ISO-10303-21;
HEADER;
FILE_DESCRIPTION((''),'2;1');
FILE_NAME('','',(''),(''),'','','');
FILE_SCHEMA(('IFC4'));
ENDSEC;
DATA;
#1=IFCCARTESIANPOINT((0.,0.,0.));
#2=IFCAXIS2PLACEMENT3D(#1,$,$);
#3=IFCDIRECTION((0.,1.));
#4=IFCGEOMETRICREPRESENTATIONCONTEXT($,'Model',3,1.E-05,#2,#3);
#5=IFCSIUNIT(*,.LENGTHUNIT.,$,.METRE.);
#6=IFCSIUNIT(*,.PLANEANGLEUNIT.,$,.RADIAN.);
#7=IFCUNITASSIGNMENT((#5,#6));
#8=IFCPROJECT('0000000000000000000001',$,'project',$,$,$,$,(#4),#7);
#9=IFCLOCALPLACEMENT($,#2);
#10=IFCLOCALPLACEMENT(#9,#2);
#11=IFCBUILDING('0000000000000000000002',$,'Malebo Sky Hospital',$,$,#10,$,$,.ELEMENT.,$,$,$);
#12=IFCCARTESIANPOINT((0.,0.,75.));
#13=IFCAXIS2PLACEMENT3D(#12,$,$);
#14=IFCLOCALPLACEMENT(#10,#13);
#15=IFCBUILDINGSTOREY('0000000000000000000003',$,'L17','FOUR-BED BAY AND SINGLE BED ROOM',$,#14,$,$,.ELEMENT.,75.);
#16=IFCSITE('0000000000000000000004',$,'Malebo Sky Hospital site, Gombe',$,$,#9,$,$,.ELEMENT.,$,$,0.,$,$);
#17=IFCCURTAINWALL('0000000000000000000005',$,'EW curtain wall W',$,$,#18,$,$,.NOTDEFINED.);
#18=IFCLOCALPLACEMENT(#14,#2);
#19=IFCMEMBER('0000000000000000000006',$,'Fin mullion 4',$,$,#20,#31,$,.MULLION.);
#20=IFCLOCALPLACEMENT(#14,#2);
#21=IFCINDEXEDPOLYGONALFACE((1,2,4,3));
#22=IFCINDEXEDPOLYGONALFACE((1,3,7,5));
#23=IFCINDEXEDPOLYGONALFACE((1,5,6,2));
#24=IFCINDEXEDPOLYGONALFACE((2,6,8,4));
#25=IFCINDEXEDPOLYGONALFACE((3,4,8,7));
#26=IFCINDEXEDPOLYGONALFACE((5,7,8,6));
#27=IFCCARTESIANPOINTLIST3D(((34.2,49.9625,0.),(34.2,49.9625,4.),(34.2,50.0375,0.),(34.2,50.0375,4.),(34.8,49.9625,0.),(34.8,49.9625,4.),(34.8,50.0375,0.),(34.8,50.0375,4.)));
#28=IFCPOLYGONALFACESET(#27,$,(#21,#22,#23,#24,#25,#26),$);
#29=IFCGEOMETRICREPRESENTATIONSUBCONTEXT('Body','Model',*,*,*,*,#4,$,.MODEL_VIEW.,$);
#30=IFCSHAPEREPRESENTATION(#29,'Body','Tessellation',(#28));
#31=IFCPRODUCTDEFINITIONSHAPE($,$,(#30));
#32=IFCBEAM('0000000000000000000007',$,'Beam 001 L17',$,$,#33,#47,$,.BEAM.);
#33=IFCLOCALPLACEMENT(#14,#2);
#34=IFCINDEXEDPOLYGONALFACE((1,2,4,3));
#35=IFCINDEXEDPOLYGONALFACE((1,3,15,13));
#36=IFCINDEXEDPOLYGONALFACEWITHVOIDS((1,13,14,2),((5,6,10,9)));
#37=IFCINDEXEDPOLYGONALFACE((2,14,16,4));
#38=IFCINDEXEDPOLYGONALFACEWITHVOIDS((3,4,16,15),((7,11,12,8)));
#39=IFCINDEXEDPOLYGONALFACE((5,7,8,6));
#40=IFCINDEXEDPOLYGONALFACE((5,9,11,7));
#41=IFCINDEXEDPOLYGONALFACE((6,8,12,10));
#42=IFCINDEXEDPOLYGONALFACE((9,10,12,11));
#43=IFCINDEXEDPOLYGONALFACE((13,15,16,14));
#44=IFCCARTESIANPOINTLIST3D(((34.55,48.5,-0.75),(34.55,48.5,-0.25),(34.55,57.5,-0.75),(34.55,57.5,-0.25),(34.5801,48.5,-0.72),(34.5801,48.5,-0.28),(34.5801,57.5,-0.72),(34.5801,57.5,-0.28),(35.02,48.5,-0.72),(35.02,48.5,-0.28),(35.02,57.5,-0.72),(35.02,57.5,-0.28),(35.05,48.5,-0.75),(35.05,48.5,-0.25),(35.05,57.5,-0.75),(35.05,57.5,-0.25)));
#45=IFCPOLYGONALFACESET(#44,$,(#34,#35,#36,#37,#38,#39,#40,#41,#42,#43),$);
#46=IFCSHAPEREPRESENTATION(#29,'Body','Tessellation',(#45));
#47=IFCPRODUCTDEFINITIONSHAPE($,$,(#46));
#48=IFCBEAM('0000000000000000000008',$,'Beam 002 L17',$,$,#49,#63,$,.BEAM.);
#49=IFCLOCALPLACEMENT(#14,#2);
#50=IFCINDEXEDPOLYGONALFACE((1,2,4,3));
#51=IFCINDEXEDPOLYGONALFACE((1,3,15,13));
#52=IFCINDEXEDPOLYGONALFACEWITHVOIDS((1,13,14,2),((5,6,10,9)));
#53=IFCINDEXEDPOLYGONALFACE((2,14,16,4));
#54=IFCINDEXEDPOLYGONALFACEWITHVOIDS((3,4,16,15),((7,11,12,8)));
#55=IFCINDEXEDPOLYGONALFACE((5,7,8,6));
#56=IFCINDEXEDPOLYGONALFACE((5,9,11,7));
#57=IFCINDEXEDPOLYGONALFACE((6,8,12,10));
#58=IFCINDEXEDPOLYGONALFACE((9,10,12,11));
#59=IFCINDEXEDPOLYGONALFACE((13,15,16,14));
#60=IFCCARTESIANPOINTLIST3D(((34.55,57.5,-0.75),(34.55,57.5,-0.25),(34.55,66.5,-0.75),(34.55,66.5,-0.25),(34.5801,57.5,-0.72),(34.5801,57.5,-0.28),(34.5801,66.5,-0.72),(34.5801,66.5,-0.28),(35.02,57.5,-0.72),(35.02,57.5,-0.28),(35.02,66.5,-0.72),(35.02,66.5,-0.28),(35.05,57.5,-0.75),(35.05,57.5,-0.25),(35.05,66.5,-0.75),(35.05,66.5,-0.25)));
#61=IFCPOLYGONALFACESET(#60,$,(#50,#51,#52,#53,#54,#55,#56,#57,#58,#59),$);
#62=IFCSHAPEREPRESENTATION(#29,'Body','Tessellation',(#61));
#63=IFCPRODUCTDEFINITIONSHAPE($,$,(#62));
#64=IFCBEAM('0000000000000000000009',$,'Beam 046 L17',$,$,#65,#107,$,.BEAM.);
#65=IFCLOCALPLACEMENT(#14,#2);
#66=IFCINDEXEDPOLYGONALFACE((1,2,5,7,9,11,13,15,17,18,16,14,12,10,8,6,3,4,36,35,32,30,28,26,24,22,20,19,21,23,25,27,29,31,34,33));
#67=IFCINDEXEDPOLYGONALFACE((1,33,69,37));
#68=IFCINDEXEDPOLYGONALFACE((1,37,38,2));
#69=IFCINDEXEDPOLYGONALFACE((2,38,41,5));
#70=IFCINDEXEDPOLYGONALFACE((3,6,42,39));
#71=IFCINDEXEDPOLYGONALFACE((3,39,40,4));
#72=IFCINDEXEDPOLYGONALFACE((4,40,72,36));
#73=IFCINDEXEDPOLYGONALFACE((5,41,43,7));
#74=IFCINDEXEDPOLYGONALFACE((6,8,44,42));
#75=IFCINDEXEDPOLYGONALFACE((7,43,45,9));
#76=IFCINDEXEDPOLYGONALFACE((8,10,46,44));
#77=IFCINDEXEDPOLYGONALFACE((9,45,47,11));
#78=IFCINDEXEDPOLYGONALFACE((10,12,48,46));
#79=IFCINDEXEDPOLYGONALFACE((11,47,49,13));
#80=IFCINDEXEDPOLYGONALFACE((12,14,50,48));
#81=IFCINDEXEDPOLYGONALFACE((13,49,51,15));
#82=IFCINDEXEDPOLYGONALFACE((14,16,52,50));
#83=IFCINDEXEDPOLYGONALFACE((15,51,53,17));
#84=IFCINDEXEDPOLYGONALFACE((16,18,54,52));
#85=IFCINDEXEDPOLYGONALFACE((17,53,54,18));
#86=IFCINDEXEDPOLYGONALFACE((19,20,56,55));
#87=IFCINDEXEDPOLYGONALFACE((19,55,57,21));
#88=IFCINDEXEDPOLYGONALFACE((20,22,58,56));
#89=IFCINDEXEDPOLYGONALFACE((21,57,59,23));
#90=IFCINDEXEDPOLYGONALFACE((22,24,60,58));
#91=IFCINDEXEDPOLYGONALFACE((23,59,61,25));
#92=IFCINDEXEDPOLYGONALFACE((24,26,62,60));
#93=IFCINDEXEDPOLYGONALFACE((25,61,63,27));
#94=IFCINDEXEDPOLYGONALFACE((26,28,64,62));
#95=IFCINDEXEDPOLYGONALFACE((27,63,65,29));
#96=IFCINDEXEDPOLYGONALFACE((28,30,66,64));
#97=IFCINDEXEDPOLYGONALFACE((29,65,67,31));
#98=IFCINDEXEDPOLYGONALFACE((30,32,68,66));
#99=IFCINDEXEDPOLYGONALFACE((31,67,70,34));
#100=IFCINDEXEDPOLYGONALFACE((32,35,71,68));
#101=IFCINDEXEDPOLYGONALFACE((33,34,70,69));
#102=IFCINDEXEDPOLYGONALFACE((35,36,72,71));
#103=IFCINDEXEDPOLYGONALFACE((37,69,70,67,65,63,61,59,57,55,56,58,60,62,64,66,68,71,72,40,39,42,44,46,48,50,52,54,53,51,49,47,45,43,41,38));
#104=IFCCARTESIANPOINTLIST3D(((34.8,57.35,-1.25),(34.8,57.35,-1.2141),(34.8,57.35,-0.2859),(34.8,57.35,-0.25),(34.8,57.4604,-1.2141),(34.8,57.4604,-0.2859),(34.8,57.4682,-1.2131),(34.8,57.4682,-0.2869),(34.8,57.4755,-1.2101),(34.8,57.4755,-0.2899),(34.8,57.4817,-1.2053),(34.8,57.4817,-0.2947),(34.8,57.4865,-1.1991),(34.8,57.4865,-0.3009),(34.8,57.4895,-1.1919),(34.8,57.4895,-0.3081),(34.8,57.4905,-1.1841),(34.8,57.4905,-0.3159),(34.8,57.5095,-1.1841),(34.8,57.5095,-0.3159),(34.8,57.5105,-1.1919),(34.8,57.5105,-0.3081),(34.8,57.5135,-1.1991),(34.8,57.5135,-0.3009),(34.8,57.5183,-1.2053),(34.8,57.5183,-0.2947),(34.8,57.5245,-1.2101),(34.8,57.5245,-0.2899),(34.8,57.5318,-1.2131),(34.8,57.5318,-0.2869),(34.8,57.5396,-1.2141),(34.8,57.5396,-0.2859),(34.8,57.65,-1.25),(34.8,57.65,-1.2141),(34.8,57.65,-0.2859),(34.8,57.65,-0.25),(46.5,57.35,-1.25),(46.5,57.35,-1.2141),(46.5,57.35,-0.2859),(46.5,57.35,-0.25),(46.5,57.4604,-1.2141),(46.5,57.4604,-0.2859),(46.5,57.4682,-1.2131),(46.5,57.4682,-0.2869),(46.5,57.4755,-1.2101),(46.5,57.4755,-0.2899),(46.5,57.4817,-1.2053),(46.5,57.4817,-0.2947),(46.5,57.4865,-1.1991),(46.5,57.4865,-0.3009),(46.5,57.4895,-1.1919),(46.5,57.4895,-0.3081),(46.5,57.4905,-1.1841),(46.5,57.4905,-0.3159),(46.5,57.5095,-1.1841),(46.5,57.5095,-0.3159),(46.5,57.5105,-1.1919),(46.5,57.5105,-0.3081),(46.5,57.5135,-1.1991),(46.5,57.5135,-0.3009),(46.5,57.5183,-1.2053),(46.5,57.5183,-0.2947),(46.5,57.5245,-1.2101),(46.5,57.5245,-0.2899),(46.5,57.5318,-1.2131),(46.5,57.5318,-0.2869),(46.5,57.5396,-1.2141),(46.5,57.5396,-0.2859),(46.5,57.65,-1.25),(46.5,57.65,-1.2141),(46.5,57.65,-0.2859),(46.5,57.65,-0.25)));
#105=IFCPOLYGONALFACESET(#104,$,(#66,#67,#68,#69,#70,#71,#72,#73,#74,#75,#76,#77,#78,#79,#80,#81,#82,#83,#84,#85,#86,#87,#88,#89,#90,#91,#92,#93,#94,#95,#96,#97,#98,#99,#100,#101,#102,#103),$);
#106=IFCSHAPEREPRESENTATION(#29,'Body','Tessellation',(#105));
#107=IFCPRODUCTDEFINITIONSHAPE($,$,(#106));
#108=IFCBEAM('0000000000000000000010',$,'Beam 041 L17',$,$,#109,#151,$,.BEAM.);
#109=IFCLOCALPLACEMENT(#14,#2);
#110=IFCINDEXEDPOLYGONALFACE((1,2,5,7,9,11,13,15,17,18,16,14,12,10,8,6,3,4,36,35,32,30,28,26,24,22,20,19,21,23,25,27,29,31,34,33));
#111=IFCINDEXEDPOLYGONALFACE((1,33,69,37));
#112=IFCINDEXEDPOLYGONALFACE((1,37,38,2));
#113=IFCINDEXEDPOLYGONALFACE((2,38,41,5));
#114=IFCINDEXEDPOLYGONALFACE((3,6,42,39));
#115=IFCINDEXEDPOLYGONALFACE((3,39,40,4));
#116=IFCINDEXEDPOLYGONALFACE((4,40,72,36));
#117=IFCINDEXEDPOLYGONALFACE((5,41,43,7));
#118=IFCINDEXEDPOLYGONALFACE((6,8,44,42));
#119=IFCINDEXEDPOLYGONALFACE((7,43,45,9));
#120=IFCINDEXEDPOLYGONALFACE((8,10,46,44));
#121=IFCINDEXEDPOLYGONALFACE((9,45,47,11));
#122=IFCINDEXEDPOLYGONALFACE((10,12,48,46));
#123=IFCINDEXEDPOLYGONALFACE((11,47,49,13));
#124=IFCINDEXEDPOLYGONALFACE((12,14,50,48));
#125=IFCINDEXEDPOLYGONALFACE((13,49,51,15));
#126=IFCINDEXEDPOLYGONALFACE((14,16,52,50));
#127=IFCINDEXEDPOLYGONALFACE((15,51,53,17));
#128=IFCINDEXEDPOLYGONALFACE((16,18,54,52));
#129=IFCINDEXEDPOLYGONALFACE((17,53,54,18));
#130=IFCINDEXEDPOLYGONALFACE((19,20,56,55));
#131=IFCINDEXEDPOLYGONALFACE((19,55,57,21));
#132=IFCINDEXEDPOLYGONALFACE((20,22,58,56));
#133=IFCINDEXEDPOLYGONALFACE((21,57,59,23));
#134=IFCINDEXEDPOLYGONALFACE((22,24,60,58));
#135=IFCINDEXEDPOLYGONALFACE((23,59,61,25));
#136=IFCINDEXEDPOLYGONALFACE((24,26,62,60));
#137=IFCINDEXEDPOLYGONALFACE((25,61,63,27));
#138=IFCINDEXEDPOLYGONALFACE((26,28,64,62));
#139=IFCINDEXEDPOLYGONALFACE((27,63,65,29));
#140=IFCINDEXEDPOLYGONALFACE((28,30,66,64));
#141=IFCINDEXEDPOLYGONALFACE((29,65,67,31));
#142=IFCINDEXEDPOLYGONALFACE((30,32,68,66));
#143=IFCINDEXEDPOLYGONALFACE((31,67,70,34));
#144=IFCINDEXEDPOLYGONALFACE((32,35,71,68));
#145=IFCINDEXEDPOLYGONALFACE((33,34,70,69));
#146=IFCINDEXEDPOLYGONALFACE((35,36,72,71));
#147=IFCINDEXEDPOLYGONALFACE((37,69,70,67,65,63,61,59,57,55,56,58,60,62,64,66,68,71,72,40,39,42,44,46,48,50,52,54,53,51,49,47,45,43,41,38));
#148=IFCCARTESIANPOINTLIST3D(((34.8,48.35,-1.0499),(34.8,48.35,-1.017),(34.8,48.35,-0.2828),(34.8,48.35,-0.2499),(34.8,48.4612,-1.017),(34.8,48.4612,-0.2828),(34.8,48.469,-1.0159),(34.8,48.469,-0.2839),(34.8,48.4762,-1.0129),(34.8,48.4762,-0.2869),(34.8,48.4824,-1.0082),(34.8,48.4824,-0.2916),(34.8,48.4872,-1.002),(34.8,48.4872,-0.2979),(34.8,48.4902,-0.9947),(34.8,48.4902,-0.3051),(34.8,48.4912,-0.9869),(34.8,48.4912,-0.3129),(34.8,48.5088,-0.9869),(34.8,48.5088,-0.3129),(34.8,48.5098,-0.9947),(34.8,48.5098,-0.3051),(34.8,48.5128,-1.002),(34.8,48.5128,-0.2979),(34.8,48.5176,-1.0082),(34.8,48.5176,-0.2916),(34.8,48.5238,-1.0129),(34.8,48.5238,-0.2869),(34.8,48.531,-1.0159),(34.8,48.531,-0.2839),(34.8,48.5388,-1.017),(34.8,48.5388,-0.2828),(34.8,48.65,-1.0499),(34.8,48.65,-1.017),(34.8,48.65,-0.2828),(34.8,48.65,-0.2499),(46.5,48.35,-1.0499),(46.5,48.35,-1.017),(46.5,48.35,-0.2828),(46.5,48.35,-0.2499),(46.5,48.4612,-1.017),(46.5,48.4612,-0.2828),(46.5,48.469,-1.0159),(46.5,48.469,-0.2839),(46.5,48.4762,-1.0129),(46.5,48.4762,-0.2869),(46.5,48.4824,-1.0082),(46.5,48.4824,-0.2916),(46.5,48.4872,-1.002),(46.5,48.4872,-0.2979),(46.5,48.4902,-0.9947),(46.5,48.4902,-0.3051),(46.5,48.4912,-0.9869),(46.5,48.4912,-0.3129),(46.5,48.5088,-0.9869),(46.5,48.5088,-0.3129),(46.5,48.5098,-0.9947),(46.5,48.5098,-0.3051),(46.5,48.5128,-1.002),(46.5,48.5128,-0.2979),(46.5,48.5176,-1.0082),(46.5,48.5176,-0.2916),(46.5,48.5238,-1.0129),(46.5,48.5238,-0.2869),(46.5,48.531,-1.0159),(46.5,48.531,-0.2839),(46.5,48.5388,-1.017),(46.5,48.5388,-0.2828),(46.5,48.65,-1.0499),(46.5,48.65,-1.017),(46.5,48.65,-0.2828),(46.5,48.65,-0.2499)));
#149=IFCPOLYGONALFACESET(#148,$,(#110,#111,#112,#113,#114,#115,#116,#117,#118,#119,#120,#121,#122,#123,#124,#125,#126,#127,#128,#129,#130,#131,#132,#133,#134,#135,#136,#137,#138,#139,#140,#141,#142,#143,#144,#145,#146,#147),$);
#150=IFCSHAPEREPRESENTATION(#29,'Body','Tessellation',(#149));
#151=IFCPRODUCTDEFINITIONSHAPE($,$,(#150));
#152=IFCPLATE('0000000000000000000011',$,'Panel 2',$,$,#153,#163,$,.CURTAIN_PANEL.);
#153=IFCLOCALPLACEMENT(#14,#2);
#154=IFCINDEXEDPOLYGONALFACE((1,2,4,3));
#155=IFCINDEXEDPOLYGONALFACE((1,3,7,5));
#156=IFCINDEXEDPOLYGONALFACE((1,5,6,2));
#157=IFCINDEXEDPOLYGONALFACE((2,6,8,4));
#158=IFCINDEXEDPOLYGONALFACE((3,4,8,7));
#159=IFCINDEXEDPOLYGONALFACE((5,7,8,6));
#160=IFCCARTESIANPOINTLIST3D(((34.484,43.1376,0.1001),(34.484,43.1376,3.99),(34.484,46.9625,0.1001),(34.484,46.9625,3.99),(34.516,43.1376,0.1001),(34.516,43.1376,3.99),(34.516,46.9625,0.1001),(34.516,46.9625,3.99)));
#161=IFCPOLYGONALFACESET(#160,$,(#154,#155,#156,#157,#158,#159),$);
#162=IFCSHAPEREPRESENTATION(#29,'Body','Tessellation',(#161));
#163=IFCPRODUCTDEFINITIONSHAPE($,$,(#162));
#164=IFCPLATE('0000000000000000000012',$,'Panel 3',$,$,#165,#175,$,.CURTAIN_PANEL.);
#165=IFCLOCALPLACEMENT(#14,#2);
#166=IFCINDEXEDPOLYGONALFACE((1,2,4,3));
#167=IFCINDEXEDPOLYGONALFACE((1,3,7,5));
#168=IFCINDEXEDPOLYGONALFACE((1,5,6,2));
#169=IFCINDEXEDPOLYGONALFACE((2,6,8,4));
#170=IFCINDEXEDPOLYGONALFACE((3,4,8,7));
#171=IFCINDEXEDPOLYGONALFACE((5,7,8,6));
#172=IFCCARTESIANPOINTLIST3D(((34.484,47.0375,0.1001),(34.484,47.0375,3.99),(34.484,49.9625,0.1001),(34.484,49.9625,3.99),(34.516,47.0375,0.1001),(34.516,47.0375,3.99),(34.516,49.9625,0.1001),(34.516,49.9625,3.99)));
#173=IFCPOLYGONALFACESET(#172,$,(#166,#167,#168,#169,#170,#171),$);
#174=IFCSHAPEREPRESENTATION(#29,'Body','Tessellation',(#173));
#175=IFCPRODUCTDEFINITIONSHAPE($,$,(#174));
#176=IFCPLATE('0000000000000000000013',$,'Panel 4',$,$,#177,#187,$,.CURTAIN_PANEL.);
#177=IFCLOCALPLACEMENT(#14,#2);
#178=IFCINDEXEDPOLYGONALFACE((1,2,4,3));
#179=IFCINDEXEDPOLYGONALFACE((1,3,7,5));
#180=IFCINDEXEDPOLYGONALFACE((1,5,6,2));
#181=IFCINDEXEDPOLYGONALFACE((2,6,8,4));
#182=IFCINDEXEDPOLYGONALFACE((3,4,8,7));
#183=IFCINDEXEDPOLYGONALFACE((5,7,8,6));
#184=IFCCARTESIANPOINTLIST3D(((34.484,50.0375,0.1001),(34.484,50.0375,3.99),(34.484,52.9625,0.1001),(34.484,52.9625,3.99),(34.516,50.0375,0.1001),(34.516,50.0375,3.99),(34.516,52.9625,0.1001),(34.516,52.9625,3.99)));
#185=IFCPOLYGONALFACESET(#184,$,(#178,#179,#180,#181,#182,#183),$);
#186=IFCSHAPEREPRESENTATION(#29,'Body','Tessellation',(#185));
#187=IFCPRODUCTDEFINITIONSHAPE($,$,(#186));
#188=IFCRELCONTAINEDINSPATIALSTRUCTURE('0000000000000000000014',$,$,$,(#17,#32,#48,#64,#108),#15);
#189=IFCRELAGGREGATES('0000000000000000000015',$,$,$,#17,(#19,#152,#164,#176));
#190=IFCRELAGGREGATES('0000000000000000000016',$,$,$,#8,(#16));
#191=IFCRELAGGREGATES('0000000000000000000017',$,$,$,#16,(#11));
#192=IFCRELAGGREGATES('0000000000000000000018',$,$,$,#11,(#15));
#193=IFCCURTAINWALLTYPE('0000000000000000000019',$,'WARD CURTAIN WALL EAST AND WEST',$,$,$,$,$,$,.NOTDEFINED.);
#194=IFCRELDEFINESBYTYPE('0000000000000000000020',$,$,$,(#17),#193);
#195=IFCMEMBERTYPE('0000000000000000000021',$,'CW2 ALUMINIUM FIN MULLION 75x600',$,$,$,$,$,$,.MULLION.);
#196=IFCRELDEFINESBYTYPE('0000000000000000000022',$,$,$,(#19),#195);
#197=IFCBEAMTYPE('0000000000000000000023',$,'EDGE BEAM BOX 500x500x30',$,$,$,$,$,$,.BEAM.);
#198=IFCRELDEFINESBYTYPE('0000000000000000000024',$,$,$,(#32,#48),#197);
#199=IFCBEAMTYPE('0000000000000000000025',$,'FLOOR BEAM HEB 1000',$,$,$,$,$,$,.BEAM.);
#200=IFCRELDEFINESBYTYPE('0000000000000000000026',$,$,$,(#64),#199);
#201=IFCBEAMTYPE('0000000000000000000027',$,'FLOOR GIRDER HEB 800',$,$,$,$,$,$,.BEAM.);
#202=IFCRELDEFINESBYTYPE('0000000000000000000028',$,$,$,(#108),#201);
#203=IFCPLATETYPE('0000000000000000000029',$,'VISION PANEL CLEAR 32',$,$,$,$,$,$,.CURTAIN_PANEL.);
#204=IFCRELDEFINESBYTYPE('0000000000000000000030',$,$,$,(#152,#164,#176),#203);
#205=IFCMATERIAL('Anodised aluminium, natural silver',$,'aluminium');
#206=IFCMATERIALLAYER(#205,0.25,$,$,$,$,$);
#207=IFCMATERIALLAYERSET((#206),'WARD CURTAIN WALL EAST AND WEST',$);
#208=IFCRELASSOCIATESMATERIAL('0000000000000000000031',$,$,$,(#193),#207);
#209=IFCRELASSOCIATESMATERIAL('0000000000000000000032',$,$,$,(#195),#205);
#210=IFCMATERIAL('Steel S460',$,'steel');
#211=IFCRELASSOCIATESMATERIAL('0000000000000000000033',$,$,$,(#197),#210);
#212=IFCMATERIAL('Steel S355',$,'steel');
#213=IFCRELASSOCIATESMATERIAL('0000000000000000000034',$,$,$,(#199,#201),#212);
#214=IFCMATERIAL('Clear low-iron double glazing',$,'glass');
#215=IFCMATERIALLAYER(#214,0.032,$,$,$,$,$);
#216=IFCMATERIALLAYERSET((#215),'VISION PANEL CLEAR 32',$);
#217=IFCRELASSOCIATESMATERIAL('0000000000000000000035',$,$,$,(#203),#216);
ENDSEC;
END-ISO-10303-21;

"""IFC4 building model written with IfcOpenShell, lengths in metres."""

from ifc_helpers import new_model, si_unit, direction, frame, origin, origin_2d, place, context, subcontext, project, spatial, rectangle, hollow_rectangle, i_section, extrude, material, layer, layer_set, material_profile, profile_set, type_object, element, aggregate, save


model = new_model("IFC4")

# Units and contexts
model_context = context("Model", 3, precision=1e-05, world=origin(), true_north=direction((0.0, 1.0)))
body_context = subcontext(model_context, "Body", "Model", "MODEL_VIEW")
ifc_project = project(units=[si_unit("LENGTHUNIT", "METRE"), si_unit("PLANEANGLEUNIT", "RADIAN")], contexts=[model_context])

# Site, building, storey
site_placement = place(None, origin())
site = spatial("IfcSite", under=ifc_project, at=site_placement, Name="Malebo Sky Hospital site, Gombe", CompositionType="ELEMENT", RefElevation=0.0)
building_placement = place(site_placement, origin())
building = spatial("IfcBuilding", under=site, at=building_placement, Name="Malebo Sky Hospital", CompositionType="ELEMENT")
storey_placement = place(building_placement, frame((0.0, 0.0, 75.0)))
storey = spatial("IfcBuildingStorey", under=building, at=storey_placement, Name="L17", Description="FOUR-BED BAY AND SINGLE BED ROOM", CompositionType="ELEMENT", Elevation=75.0)

# Shared definitions
ifc_material_1 = material(Name="Steel S460", Category="steel")

# Curtain wall
ifc_material_2 = material(Name="Anodised aluminium, natural silver", Category="aluminium")
ifc_layer_1 = layer(ifc_material_2, 0.25)
ifc_layer_set_1 = layer_set([ifc_layer_1], Name="WARD CURTAIN WALL EAST AND WEST")
curtain_wall_type = type_object("IfcCurtainWallType", Name="WARD CURTAIN WALL EAST AND WEST", PredefinedType="NOTDEFINED", material=ifc_layer_set_1)
curtain_wall_placement = place(storey_placement, origin())
curtain_wall = element("IfcCurtainWall", 1, at=curtain_wall_placement, inside=storey, type_object=curtain_wall_type, Name="EW curtain wall W", PredefinedType="NOTDEFINED")

# Member
ifc_material_3 = material(Name="Steel S355", Category="steel")
ifc_material_profile_1 = material_profile(ifc_material_2, rectangle(XDim=0.075, YDim=0.6001, at=origin_2d()), Name="CW2 ALUMINIUM FIN MULLION 75x600")
ifc_profile_set_1 = profile_set([ifc_material_profile_1], Name="Anodised aluminium, natural silver")
member_type_1 = type_object("IfcMemberType", Name="CW2 ALUMINIUM FIN MULLION 75x600", PredefinedType="MULLION", material=ifc_profile_set_1)
member_1_placement = place(storey_placement, frame((34.5, 50.0, 0.0), z_axis=(0.0, 0.0, 1.0), x_axis=(0.0, 1.0, 0.0)))
member_1 = element("IfcMember", 2, at=member_1_placement, type_object=member_type_1, Name="Fin mullion 4", PredefinedType="MULLION", context=body_context, shape_type="SweptSolid", body=[
    extrude(rectangle(XDim=0.075, YDim=0.6001, at=origin_2d()), origin(), (0.0, 0.0, 1.0), 4.0),
])

# Beams
ifc_material_profile_2 = material_profile(ifc_material_1, hollow_rectangle(XDim=0.5, YDim=0.5, WallThickness=0.03, at=origin_2d()), Name="BOX 500x500x30")
ifc_profile_set_2 = profile_set([ifc_material_profile_2], Name="Steel S460")
beam_type_1 = type_object("IfcBeamType", Name="EDGE BEAM BOX 500x500x30", PredefinedType="BEAM", material=ifc_profile_set_2)
for number, where, z_axis, x_axis, name in (
    (3, (34.8, 48.5, -0.5), (0.0, 1.0, 0.0), (-1.0, 0.0, 0.0), "Beam 001 L17"),
    (4, (34.8, 57.5, -0.5), (0.0, 1.0, 0.0), (-1.0, 0.0, 0.0), "Beam 002 L17"),
):
    element("IfcBeam", number, at=place(storey_placement, frame(where, z_axis=z_axis, x_axis=x_axis)), inside=storey, type_object=beam_type_1, Name=name, PredefinedType="BEAM", context=body_context, shape_type="SweptSolid", body=[
        extrude(hollow_rectangle(XDim=0.5, YDim=0.5, WallThickness=0.03, at=origin_2d()), origin(), (0.0, 0.0, 1.0), 9.0),
    ])
ifc_material_profile_3 = material_profile(ifc_material_3, i_section(OverallWidth=0.3, OverallDepth=1.0, WebThickness=0.019, FlangeThickness=0.0359, FilletRadius=0.03, at=origin_2d()), Name="HEB 1000")
ifc_profile_set_3 = profile_set([ifc_material_profile_3], Name="Steel S355")
beam_type_2 = type_object("IfcBeamType", Name="FLOOR BEAM HEB 1000", PredefinedType="BEAM", material=ifc_profile_set_3)
beam_1_placement = place(storey_placement, frame((34.8, 57.5, -0.75), z_axis=(1.0, 0.0, 0.0), x_axis=(0.0, 1.0, 0.0)))
element("IfcBeam", 5, at=beam_1_placement, inside=storey, type_object=beam_type_2, Name="Beam 046 L17", PredefinedType="BEAM", context=body_context, shape_type="SweptSolid", body=[
    extrude(i_section(OverallWidth=0.3, OverallDepth=1.0, WebThickness=0.019, FlangeThickness=0.0359, FilletRadius=0.03, at=origin_2d()), origin(), (0.0, 0.0, 1.0), 11.7),
])
ifc_material_profile_4 = material_profile(ifc_material_3, i_section(OverallWidth=0.3, OverallDepth=0.8, WebThickness=0.0176, FlangeThickness=0.033, FilletRadius=0.03, at=origin_2d()), Name="HEB 800")
ifc_profile_set_4 = profile_set([ifc_material_profile_4], Name="Steel S355")
beam_type_3 = type_object("IfcBeamType", Name="FLOOR GIRDER HEB 800", PredefinedType="BEAM", material=ifc_profile_set_4)
beam_2_placement = place(storey_placement, frame((34.8, 48.5, -0.6499), z_axis=(1.0, 0.0, 0.0), x_axis=(0.0, 1.0, 0.0)))
element("IfcBeam", 6, at=beam_2_placement, inside=storey, type_object=beam_type_3, Name="Beam 041 L17", PredefinedType="BEAM", context=body_context, shape_type="SweptSolid", body=[
    extrude(i_section(OverallWidth=0.3, OverallDepth=0.8, WebThickness=0.0176, FlangeThickness=0.033, FilletRadius=0.03, at=origin_2d()), origin(), (0.0, 0.0, 1.0), 11.7),
])

# Plates
ifc_material_4 = material(Name="Clear low-iron double glazing", Category="glass")
ifc_layer_2 = layer(ifc_material_4, 0.032)
ifc_layer_set_2 = layer_set([ifc_layer_2], Name="VISION PANEL CLEAR 32")
plate_type = type_object("IfcPlateType", Name="VISION PANEL CLEAR 32", PredefinedType="CURTAIN_PANEL", material=ifc_layer_set_2)
plate_1_placement = place(storey_placement, frame((34.5, 45.05, 0.1001), z_axis=(0.0, 0.0, 1.0), x_axis=(0.0, 1.0, 0.0)))
plate_1 = element("IfcPlate", 7, at=plate_1_placement, type_object=plate_type, Name="Panel 2", PredefinedType="CURTAIN_PANEL", context=body_context, shape_type="SweptSolid", body=[
    extrude(rectangle(XDim=3.825, YDim=0.032, at=origin_2d()), origin(), (0.0, 0.0, 1.0), 3.8899),
])
plate_2_placement = place(storey_placement, frame((34.5, 48.5, 0.1001), z_axis=(0.0, 0.0, 1.0), x_axis=(0.0, 1.0, 0.0)))
plate_2 = element("IfcPlate", 8, at=plate_2_placement, type_object=plate_type, Name="Panel 3", PredefinedType="CURTAIN_PANEL", context=body_context, shape_type="SweptSolid", body=[
    extrude(rectangle(XDim=2.925, YDim=0.032, at=origin_2d()), origin(), (0.0, 0.0, 1.0), 3.8899),
])
plate_3_placement = place(storey_placement, frame((34.5, 51.5, 0.1001), z_axis=(0.0, 0.0, 1.0), x_axis=(0.0, 1.0, 0.0)))
plate_3 = element("IfcPlate", 9, at=plate_3_placement, type_object=plate_type, Name="Panel 4", PredefinedType="CURTAIN_PANEL", context=body_context, shape_type="SweptSolid", body=[
    extrude(rectangle(XDim=2.925, YDim=0.032, at=origin_2d()), origin(), (0.0, 0.0, 1.0), 3.8899),
])
aggregate(curtain_wall, [member_1, plate_1, plate_2, plate_3])

save(model, "model.ifc")
